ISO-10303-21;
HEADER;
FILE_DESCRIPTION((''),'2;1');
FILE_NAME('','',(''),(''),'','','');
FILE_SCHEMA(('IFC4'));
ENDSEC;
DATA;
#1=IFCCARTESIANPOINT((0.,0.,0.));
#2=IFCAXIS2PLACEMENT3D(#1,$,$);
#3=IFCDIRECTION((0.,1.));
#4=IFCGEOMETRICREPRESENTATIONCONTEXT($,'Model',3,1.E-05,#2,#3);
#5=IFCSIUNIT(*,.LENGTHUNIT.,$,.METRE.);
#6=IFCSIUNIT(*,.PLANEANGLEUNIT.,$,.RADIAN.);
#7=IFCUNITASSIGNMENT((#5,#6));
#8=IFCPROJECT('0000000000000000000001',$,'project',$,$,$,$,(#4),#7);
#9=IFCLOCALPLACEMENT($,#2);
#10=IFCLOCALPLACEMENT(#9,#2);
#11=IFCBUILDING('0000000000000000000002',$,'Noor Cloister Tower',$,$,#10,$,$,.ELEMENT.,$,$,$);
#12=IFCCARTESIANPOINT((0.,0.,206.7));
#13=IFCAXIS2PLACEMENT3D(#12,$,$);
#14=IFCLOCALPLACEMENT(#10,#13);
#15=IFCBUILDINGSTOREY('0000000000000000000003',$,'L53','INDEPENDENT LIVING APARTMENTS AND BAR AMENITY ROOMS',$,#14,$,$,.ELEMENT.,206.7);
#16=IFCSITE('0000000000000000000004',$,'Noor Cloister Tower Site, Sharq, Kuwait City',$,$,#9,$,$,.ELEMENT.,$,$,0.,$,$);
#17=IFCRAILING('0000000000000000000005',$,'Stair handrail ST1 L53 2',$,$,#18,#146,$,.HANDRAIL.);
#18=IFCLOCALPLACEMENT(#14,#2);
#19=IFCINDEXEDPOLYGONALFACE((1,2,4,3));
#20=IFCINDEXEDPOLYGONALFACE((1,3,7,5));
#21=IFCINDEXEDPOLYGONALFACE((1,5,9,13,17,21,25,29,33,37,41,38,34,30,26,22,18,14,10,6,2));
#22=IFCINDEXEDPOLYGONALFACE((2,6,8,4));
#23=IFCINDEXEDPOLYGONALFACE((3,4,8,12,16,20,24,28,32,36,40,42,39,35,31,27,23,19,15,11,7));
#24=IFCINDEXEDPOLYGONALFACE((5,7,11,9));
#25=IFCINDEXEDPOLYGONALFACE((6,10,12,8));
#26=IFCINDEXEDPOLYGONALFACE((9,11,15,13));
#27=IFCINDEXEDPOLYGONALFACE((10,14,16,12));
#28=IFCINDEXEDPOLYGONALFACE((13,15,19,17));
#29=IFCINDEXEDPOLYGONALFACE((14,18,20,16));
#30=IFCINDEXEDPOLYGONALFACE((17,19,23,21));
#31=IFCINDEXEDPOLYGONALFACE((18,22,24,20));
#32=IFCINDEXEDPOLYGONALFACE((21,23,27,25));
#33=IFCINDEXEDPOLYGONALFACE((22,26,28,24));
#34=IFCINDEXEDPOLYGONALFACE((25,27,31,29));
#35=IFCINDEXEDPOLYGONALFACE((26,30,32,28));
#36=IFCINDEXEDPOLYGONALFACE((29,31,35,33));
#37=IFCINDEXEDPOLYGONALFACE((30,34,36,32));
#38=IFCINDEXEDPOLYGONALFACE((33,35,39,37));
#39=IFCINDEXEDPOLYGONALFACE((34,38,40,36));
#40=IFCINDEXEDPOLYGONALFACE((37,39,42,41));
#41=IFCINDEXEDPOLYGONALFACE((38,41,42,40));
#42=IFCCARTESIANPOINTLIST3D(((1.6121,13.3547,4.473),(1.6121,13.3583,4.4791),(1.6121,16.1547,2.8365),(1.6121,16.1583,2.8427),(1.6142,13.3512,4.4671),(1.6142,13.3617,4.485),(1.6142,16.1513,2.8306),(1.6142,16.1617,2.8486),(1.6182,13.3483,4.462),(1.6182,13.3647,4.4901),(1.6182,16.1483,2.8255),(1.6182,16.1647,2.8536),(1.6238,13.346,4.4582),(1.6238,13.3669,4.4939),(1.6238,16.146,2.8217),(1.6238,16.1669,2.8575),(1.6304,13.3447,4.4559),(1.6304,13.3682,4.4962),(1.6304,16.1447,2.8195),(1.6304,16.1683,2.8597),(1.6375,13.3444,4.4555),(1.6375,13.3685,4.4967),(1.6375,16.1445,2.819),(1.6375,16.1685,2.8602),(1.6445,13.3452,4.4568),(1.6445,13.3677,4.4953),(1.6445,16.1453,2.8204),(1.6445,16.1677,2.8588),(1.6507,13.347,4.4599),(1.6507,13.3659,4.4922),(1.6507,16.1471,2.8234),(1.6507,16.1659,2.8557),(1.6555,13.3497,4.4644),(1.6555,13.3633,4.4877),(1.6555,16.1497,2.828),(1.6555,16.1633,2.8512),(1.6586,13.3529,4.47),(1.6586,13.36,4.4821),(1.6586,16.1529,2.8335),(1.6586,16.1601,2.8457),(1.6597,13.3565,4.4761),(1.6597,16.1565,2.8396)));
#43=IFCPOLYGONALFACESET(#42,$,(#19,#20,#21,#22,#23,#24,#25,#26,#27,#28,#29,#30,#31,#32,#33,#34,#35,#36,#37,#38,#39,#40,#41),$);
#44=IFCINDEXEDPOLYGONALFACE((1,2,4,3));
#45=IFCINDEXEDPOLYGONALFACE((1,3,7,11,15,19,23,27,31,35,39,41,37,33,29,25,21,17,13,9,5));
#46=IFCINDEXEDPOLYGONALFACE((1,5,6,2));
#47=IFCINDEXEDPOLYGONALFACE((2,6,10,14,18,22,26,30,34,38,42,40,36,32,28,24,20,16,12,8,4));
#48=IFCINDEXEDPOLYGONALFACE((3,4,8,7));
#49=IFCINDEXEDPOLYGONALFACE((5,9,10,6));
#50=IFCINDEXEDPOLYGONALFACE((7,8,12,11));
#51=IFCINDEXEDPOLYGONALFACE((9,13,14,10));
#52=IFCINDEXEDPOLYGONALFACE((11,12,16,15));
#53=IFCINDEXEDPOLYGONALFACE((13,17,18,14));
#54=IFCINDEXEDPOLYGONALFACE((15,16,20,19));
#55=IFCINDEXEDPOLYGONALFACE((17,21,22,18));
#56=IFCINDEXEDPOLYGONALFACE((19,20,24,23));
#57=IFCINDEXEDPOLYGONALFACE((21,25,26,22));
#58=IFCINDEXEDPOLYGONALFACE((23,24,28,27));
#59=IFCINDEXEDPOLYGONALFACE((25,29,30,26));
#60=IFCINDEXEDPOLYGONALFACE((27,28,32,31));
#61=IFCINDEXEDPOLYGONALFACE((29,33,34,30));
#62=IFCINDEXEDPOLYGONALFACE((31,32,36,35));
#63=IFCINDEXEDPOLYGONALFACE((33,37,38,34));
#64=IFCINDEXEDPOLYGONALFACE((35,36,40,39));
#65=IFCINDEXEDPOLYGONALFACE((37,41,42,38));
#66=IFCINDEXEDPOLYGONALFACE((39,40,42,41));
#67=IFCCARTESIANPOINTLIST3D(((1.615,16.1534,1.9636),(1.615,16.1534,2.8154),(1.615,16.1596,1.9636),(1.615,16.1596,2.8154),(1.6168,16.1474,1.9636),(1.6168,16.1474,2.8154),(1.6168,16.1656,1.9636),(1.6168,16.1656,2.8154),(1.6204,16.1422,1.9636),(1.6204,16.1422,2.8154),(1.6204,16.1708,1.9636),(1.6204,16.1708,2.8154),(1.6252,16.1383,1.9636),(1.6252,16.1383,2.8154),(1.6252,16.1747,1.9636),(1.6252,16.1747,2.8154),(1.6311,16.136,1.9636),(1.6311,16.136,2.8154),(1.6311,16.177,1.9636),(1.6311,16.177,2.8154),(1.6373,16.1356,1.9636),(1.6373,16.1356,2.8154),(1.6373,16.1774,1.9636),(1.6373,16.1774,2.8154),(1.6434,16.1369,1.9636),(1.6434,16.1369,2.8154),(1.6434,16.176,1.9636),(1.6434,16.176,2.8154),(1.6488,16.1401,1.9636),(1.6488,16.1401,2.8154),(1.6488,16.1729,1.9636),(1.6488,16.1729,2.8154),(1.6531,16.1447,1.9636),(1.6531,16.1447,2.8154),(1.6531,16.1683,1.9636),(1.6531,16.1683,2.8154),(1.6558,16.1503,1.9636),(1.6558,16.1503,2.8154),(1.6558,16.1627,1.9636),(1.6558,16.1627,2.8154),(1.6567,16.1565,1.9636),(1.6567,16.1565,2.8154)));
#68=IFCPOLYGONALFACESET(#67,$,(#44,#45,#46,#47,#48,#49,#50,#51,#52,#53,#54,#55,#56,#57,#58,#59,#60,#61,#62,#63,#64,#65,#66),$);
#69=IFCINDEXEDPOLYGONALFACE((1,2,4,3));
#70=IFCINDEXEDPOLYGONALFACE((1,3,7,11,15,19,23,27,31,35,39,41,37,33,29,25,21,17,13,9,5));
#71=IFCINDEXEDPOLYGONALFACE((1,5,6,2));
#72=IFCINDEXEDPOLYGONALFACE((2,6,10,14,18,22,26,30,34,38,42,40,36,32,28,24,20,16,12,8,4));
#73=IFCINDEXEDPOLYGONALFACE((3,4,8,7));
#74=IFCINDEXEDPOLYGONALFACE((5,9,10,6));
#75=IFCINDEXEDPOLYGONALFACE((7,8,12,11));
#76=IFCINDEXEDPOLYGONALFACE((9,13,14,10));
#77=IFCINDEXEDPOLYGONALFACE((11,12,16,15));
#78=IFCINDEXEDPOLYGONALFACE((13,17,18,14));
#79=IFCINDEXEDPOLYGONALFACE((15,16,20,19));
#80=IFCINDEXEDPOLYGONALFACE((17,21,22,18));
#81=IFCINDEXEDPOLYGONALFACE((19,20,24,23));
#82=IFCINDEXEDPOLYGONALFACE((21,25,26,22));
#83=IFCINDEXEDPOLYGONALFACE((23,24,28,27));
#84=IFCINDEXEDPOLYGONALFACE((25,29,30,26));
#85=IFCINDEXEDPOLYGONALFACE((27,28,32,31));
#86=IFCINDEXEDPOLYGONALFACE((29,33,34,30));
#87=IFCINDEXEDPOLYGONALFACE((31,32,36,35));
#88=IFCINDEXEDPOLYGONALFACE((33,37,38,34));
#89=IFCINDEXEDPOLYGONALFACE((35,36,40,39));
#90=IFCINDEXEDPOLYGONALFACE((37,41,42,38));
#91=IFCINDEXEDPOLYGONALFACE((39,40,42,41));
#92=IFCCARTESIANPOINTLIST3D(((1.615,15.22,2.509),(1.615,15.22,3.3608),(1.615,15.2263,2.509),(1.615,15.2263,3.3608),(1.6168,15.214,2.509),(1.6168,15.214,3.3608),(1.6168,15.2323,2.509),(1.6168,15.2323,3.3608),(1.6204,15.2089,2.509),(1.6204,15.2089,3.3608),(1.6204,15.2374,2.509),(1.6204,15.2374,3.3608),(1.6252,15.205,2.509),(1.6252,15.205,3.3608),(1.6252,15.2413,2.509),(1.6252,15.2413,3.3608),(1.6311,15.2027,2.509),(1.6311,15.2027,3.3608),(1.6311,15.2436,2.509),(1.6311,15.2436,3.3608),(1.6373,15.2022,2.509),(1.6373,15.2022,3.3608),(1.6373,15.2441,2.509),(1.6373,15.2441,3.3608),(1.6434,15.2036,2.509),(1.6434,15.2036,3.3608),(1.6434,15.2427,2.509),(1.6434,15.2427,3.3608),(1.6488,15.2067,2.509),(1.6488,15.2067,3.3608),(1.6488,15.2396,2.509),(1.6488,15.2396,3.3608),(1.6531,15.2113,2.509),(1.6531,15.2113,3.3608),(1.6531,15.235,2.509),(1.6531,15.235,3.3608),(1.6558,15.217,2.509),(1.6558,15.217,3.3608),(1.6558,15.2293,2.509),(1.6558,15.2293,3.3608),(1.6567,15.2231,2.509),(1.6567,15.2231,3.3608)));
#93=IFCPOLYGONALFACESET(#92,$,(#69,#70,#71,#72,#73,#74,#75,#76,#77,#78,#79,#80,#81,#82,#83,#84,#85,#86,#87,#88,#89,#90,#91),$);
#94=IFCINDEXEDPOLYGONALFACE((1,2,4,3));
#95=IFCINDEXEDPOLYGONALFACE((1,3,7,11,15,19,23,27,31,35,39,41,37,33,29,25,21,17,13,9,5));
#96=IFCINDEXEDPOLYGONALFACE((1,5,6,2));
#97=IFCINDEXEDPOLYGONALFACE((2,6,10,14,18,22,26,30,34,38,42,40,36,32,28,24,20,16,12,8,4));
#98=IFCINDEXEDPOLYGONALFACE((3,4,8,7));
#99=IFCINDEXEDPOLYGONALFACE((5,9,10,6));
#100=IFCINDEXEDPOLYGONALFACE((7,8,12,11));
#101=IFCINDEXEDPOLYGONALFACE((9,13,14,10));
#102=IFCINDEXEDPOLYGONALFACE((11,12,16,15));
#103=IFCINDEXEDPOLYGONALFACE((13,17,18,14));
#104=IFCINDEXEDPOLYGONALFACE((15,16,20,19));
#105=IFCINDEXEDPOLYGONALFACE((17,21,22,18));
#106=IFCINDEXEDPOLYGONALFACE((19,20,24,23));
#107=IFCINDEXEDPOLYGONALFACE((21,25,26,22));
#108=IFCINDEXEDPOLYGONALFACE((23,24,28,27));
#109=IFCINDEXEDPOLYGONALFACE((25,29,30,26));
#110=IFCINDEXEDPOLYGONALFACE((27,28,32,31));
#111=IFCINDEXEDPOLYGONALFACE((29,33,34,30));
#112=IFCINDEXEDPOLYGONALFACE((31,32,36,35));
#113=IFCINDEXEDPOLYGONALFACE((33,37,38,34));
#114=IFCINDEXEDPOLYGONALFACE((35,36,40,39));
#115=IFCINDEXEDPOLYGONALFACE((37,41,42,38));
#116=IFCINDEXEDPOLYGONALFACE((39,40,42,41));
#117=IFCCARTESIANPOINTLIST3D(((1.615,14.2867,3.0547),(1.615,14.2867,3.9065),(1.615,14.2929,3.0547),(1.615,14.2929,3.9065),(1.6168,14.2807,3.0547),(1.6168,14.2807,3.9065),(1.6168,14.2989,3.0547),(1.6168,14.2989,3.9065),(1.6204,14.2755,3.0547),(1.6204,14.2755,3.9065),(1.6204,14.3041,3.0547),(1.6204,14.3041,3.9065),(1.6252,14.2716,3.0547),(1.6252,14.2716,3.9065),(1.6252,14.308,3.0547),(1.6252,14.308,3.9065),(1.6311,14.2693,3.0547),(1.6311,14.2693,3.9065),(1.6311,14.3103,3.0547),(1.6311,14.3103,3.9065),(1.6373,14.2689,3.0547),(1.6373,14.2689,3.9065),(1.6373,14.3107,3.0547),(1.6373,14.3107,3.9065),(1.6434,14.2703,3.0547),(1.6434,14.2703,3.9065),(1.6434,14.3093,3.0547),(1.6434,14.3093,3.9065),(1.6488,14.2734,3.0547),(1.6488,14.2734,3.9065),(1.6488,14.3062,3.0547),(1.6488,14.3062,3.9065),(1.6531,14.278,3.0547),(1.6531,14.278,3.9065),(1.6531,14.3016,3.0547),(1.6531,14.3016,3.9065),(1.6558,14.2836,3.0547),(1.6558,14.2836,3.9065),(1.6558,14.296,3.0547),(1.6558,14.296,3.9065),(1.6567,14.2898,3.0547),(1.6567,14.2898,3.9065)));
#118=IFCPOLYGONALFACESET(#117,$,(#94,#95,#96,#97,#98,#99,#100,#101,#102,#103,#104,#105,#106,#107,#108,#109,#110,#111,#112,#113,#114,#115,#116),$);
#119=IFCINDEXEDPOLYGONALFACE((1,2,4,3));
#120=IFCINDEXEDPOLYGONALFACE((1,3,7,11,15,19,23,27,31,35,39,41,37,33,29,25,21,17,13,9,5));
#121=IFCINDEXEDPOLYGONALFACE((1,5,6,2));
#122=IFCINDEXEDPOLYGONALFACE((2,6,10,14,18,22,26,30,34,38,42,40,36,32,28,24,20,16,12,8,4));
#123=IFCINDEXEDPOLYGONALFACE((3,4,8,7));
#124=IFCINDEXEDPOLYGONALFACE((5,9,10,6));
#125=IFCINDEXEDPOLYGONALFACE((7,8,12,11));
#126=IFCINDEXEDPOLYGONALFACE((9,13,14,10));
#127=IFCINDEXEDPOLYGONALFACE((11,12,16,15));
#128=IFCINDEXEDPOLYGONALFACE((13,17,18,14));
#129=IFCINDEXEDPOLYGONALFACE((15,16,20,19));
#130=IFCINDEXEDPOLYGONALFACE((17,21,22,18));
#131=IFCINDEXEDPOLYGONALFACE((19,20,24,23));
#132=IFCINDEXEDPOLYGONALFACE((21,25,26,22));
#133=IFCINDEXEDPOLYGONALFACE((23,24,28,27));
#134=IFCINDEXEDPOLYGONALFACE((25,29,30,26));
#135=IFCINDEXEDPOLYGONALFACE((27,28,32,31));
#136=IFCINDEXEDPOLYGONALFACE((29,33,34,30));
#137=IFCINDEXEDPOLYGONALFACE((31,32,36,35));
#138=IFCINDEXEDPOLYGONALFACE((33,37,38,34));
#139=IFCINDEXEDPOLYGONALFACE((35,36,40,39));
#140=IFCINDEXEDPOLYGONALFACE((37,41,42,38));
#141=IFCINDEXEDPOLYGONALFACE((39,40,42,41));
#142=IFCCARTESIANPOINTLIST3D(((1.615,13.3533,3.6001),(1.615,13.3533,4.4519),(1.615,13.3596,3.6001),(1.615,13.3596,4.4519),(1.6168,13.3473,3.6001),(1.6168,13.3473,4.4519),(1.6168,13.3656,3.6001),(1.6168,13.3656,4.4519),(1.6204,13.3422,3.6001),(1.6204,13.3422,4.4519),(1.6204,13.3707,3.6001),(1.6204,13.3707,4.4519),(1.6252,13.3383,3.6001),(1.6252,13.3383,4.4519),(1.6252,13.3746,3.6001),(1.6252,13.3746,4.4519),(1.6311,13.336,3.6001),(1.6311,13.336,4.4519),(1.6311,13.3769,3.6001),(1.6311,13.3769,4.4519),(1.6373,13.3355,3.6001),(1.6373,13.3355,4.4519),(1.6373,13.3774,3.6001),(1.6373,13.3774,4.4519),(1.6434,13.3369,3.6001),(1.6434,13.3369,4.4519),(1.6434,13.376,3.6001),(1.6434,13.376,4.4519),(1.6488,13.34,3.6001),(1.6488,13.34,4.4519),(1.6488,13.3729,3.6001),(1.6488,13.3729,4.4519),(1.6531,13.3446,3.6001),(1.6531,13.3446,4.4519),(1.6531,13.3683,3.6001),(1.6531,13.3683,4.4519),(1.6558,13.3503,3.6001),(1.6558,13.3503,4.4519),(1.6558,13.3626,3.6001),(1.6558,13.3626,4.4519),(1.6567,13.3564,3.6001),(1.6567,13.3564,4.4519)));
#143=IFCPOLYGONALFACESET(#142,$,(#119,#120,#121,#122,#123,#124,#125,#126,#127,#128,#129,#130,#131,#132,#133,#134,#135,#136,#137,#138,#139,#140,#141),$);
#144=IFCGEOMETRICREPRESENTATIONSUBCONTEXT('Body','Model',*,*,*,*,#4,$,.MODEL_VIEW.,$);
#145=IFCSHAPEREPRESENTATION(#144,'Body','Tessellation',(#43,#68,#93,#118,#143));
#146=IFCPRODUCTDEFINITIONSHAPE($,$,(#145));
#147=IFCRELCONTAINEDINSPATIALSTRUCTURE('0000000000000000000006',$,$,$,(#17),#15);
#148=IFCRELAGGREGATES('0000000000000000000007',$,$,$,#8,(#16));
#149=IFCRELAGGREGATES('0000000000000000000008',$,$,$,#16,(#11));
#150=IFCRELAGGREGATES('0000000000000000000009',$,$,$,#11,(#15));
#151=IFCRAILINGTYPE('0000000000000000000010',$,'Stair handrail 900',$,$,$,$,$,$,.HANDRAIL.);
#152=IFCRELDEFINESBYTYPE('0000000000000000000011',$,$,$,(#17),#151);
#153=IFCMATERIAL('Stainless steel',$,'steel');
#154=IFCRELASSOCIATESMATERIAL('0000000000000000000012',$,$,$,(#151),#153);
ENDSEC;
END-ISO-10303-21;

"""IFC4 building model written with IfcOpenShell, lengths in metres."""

from ifc_helpers import new_model, si_unit, direction, frame, origin, origin_2d, place, context, subcontext, project, spatial, circle, extrude, material, type_object, element, save


model = new_model("IFC4")

# Units and contexts
model_context = context("Model", 3, precision=1e-05, world=origin(), true_north=direction((0.0, 1.0)))
body_context = subcontext(model_context, "Body", "Model", "MODEL_VIEW")
ifc_project = project(units=[si_unit("LENGTHUNIT", "METRE"), si_unit("PLANEANGLEUNIT", "RADIAN")], contexts=[model_context])

# Site, building, storey
site_placement = place(None, origin())
site = spatial("IfcSite", under=ifc_project, at=site_placement, Name="Noor Cloister Tower Site, Sharq, Kuwait City", CompositionType="ELEMENT", RefElevation=0.0)
building_placement = place(site_placement, origin())
building = spatial("IfcBuilding", under=site, at=building_placement, Name="Noor Cloister Tower", CompositionType="ELEMENT")
storey_placement = place(building_placement, frame((0.0, 0.0, 206.7)))
storey = spatial("IfcBuildingStorey", under=building, at=storey_placement, Name="L53", Description="INDEPENDENT LIVING APARTMENTS AND BAR AMENITY ROOMS", CompositionType="ELEMENT", Elevation=206.7)

# Railing
ifc_material_1 = material(Name="Stainless steel", Category="steel")
railing_type_1 = type_object("IfcRailingType", Name="Stair handrail 900", PredefinedType="HANDRAIL", material=ifc_material_1)
railing_1_placement = place(storey_placement, frame((1.6357, 16.1565, 1.9636)))
element("IfcRailing", 1, at=railing_1_placement, inside=storey, type_object=railing_type_1, Name="Stair handrail ST1 L53 2", PredefinedType="HANDRAIL", context=body_context, shape_type="SweptSolid", body=[
    extrude(circle(Radius=0.0239, at=origin_2d()), frame((0.0, 0.0, 0.876), z_axis=(0.0, -0.863361, 0.504587), x_axis=(1.0, 0.0, 0.0)), (0.0, 0.0, 1.0), 3.2432),
    extrude(circle(Radius=0.021, at=origin_2d()), origin(), (0.0, 0.0, 1.0), 0.8518),
    extrude(circle(Radius=0.021, at=origin_2d()), frame((0.0, -0.9333, 0.5454)), (0.0, 0.0, 1.0), 0.8518),
    extrude(circle(Radius=0.021, at=origin_2d()), frame((0.0, -1.8667, 1.0911)), (0.0, 0.0, 1.0), 0.8518),
    extrude(circle(Radius=0.021, at=origin_2d()), frame((0.0, -2.8, 1.6365)), (0.0, 0.0, 1.0), 0.8518),
])

save(model, "model.ifc")
